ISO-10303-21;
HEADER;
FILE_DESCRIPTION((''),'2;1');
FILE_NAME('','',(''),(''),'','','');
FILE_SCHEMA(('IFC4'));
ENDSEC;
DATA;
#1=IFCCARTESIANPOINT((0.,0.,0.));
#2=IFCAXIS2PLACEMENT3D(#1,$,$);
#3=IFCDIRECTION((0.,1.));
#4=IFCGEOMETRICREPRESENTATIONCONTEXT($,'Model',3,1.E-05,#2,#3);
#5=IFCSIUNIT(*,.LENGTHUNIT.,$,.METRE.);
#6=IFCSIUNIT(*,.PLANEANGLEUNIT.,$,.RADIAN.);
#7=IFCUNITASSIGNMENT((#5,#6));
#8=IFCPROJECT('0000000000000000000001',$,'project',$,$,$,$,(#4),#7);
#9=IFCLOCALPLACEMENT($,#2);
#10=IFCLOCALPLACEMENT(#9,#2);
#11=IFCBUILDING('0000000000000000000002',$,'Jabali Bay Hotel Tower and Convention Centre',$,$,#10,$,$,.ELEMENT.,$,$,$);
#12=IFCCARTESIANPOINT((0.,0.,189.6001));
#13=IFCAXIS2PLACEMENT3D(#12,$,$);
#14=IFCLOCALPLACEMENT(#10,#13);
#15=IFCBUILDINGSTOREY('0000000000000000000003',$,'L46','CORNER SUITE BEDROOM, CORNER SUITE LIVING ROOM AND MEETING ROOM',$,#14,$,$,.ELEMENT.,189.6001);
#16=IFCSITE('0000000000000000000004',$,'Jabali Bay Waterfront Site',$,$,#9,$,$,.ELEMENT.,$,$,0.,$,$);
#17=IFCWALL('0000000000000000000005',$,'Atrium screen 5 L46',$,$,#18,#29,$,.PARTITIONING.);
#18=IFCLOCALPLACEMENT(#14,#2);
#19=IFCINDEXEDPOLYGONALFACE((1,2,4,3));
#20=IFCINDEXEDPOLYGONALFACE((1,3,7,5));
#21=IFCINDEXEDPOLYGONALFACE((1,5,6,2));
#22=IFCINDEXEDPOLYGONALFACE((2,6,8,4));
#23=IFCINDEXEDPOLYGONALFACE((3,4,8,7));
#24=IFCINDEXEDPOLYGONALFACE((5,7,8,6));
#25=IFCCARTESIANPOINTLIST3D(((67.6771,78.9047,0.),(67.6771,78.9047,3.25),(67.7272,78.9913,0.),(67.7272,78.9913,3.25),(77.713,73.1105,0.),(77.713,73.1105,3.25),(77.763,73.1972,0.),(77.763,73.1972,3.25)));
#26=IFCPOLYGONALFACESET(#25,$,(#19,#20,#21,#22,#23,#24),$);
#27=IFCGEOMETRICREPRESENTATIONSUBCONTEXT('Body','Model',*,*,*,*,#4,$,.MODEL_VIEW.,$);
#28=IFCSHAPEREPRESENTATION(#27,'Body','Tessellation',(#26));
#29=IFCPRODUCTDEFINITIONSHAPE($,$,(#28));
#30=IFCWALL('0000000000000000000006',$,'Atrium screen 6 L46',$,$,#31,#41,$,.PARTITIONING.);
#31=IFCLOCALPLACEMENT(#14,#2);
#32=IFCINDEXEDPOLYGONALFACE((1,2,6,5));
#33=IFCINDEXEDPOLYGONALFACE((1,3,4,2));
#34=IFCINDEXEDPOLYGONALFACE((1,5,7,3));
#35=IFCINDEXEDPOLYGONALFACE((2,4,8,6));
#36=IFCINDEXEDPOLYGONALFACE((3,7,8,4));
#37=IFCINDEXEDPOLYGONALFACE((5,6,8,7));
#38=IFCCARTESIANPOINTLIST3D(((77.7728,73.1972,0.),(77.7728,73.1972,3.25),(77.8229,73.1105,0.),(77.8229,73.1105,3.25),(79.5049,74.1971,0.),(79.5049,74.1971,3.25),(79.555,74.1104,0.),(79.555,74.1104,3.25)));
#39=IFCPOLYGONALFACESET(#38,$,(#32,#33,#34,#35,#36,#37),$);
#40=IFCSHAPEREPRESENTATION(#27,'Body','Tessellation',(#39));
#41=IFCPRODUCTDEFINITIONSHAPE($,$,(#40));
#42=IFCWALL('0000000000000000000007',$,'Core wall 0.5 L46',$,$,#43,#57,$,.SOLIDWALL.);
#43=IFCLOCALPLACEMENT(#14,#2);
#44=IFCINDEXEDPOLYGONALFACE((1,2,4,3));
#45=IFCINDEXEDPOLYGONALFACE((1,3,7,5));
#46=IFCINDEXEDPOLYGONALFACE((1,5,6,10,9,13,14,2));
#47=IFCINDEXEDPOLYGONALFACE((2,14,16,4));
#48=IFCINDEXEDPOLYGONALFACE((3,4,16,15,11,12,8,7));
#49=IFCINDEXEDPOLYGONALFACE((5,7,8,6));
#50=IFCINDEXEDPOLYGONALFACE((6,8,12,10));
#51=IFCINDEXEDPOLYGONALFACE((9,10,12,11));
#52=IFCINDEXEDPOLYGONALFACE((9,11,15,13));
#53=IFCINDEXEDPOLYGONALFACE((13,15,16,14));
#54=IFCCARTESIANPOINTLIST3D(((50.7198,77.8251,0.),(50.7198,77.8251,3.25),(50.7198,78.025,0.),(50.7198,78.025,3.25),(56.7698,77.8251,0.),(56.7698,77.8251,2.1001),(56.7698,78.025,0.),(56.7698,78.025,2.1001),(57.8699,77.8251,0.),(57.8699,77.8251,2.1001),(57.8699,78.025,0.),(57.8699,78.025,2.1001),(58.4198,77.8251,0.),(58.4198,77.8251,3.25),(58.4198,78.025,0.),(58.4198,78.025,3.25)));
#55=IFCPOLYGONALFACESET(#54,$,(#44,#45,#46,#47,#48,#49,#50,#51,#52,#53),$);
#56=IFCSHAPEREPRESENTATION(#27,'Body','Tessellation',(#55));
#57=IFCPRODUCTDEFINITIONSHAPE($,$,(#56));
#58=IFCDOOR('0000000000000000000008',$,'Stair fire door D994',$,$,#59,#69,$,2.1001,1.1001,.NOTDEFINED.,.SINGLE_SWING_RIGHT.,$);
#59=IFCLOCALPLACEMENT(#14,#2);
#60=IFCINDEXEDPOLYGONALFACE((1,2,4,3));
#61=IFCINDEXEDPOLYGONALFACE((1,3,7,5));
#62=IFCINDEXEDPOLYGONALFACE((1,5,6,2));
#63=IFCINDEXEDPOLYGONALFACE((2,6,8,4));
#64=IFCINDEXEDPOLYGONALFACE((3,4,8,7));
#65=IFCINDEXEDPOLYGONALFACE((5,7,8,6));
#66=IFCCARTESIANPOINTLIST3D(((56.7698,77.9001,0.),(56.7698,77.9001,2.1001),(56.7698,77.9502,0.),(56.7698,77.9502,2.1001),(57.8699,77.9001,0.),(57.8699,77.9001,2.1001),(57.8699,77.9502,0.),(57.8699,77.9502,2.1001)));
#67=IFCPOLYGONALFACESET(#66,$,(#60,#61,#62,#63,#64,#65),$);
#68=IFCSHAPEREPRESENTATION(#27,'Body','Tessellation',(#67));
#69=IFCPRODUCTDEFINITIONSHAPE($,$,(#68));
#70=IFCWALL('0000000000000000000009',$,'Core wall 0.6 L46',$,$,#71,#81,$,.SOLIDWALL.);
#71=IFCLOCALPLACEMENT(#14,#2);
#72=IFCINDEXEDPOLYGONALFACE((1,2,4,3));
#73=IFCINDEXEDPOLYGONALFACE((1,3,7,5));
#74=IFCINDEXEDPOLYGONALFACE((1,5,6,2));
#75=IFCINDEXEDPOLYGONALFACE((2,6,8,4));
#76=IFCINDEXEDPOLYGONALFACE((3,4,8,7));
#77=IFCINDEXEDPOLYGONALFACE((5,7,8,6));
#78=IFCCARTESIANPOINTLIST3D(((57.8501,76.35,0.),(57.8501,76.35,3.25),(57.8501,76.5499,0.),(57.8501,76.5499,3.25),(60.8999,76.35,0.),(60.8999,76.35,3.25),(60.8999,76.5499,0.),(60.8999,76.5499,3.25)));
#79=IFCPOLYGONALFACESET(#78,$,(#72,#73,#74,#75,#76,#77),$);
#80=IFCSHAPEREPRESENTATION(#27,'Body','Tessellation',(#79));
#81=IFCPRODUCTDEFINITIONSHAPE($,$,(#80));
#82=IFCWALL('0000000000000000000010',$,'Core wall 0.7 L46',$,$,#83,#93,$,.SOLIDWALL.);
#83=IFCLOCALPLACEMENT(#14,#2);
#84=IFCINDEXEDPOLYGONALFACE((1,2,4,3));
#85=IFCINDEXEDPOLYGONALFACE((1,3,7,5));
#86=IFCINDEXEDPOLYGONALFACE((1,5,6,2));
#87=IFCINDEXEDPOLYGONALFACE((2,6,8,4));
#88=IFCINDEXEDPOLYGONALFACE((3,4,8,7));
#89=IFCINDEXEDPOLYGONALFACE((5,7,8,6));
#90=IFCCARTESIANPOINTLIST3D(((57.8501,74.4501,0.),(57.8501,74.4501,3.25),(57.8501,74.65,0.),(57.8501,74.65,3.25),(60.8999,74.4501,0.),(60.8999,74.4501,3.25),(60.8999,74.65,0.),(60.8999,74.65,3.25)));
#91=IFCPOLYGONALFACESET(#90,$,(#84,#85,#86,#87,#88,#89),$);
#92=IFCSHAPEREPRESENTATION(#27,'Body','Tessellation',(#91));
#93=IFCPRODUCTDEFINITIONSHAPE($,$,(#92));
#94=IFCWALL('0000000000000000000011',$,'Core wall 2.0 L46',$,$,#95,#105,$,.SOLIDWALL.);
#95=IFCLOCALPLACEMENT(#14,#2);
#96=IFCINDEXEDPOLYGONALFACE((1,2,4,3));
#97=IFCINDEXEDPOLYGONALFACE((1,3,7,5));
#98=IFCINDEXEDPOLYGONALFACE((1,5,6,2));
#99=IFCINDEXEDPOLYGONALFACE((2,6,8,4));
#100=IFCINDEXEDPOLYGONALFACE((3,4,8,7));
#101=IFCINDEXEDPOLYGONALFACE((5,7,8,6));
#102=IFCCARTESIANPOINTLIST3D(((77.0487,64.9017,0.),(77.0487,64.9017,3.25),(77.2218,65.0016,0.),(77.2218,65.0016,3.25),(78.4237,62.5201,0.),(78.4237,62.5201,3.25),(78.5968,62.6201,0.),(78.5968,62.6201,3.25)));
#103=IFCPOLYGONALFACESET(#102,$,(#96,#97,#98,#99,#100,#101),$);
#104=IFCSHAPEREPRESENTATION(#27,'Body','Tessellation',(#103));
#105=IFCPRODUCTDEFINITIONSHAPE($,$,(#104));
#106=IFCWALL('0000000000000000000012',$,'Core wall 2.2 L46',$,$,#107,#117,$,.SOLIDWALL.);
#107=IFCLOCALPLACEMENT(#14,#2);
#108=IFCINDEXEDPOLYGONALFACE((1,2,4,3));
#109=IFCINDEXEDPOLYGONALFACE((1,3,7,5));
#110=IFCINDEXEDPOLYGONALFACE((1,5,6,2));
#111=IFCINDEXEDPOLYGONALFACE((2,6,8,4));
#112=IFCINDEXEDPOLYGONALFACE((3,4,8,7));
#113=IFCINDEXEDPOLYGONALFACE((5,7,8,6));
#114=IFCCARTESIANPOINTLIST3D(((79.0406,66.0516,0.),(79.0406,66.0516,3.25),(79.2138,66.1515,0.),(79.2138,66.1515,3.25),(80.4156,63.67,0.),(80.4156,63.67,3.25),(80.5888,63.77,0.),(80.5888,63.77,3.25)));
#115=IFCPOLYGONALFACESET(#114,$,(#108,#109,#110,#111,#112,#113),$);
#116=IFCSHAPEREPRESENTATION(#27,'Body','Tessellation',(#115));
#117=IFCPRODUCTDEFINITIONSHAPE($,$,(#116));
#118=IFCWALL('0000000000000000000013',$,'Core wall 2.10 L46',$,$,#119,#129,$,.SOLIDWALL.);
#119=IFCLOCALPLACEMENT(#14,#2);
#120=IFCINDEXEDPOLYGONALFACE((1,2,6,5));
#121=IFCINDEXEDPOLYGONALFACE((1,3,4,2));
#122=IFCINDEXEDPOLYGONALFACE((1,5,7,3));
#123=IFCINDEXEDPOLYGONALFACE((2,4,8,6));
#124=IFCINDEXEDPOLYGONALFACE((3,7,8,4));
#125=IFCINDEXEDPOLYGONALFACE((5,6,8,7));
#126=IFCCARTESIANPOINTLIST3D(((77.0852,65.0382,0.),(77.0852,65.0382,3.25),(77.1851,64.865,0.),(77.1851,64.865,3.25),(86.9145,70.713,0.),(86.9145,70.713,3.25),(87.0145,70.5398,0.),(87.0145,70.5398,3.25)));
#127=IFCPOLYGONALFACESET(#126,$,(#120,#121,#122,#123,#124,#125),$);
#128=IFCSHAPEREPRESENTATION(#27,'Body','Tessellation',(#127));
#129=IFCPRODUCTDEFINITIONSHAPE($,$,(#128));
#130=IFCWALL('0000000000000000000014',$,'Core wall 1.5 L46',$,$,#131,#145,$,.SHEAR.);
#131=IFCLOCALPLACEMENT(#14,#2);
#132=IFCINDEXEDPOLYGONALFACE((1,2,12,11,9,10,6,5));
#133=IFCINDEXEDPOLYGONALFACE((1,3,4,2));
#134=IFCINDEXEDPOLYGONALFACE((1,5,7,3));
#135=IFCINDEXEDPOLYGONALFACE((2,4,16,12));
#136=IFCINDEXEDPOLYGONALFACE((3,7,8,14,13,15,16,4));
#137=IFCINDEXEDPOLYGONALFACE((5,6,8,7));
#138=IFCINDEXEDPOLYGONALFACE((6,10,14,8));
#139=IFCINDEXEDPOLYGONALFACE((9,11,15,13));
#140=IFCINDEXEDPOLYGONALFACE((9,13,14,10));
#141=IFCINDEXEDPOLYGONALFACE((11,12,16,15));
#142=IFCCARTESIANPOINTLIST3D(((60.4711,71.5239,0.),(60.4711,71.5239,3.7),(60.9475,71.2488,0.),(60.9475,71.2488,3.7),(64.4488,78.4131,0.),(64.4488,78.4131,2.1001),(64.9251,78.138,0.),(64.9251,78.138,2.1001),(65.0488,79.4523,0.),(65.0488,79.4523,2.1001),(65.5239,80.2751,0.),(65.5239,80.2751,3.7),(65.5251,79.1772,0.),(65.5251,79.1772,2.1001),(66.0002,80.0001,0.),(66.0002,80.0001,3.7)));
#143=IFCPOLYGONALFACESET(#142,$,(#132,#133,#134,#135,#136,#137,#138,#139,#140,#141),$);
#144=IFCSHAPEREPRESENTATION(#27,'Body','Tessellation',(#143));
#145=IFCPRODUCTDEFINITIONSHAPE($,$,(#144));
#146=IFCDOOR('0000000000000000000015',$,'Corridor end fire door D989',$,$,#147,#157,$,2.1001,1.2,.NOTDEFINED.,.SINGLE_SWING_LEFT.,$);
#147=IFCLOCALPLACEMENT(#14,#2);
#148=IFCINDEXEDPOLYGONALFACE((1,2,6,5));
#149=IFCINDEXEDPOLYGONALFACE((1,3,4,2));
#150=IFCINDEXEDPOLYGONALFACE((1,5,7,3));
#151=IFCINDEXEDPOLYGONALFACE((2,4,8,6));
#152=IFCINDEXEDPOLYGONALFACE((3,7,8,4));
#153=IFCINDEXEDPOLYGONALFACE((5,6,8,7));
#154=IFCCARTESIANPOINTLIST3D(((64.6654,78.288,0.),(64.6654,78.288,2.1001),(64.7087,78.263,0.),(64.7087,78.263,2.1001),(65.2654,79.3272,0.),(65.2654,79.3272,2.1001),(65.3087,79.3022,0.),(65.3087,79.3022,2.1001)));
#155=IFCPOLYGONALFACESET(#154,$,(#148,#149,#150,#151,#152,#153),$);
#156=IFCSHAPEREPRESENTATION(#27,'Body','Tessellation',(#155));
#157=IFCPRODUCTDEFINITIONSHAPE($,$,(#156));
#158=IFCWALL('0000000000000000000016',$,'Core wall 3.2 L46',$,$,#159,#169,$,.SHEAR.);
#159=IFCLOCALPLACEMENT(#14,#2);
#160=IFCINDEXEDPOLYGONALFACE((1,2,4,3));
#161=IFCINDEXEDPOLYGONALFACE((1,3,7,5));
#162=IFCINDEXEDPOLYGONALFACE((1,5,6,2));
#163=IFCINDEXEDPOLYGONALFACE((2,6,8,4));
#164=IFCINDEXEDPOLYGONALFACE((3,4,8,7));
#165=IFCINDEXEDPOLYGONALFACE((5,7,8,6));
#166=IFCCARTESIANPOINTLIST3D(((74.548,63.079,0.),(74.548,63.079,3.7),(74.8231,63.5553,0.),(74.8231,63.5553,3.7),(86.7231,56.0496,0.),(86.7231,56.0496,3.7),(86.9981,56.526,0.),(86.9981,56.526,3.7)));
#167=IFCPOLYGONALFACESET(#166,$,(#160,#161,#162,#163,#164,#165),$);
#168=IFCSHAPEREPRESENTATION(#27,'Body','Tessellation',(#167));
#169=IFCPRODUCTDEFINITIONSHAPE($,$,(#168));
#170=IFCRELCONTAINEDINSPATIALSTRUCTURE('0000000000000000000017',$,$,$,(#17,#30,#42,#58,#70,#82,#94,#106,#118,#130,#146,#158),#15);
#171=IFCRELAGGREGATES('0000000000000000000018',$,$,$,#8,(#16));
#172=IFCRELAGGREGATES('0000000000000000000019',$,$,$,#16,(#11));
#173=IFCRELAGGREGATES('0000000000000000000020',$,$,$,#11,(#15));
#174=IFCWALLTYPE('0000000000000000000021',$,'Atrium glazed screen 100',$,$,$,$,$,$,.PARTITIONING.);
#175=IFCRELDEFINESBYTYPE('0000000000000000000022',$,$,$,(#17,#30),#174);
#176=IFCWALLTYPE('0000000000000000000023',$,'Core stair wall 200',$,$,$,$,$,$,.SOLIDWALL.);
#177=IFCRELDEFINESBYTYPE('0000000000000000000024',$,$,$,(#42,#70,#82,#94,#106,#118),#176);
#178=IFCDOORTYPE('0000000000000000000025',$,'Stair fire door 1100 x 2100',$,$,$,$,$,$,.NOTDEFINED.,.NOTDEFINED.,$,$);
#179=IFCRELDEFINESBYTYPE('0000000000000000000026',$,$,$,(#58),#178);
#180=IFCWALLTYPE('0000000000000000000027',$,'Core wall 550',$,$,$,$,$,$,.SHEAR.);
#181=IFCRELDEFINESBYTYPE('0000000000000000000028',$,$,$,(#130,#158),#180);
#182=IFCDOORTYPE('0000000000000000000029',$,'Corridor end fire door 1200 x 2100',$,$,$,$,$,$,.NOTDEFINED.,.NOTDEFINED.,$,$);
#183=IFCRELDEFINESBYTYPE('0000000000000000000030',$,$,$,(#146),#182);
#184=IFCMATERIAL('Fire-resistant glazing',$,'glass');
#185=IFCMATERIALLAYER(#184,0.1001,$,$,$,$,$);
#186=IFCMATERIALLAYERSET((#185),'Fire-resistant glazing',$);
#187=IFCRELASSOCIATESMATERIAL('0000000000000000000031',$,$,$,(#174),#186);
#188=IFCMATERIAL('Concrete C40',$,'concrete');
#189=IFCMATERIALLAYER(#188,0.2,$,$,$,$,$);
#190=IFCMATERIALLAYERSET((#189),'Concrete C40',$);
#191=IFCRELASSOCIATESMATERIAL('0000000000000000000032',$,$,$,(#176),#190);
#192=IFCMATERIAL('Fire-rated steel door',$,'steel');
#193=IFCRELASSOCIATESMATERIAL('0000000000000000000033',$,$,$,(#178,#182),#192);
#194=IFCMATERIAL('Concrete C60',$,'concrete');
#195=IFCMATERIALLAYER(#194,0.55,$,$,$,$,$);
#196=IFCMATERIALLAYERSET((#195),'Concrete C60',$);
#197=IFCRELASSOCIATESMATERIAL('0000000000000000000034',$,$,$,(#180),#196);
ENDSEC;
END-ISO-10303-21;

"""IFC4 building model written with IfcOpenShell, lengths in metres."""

from ifc_helpers import new_model, si_unit, direction, frame, frame_2d, origin, place, context, subcontext, project, spatial, rectangle, extrude, material, layer, layer_set, type_object, element, fill, save


model = new_model("IFC4")

# Units and contexts
model_context = context("Model", 3, precision=1e-05, world=origin(), true_north=direction((0.0, 1.0)))
body_context = subcontext(model_context, "Body", "Model", "MODEL_VIEW")
ifc_project = project(units=[si_unit("LENGTHUNIT", "METRE"), si_unit("PLANEANGLEUNIT", "RADIAN")], contexts=[model_context])

# Site, building, storey
site_placement = place(None, origin())
site = spatial("IfcSite", under=ifc_project, at=site_placement, Name="Jabali Bay Waterfront Site", CompositionType="ELEMENT", RefElevation=0.0)
building_placement = place(site_placement, origin())
building = spatial("IfcBuilding", under=site, at=building_placement, Name="Jabali Bay Hotel Tower and Convention Centre", CompositionType="ELEMENT")
storey_placement = place(building_placement, frame((0.0, 0.0, 189.6001)))
storey = spatial("IfcBuildingStorey", under=building, at=storey_placement, Name="L46", Description="CORNER SUITE BEDROOM, CORNER SUITE LIVING ROOM AND MEETING ROOM", CompositionType="ELEMENT", Elevation=189.6001)

# Walls
ifc_material_1 = material(Name="Fire-resistant glazing", Category="glass")
ifc_layer_1 = layer(ifc_material_1, 0.1001)
ifc_layer_set_1 = layer_set([ifc_layer_1], Name="Fire-resistant glazing")
wall_type_1 = type_object("IfcWallType", Name="Atrium glazed screen 100", PredefinedType="PARTITIONING", material=ifc_layer_set_1)
wall_1_placement = place(storey_placement, frame((67.7021, 78.948, 0.0), z_axis=(0.0, 0.0, 1.0), x_axis=(0.866027, -0.499998, 0.0)))
element("IfcWall", 1, at=wall_1_placement, inside=storey, type_object=wall_type_1, Name="Atrium screen 5 L46", PredefinedType="PARTITIONING", context=body_context, shape_type="SweptSolid", body=[
    extrude(rectangle(XDim=11.5884, YDim=0.1001, at=frame_2d((5.7942, 0.0))), origin(), (0.0, 0.0, 1.0), 3.25),
])
wall_2_placement = place(storey_placement, frame((77.7979, 73.1538, 0.0), z_axis=(0.0, 0.0, 1.0), x_axis=(0.866041, 0.499973, 0.0)))
element("IfcWall", 2, at=wall_2_placement, inside=storey, type_object=wall_type_1, Name="Atrium screen 6 L46", PredefinedType="PARTITIONING", context=body_context, shape_type="SweptSolid", body=[
    extrude(rectangle(XDim=2.0, YDim=0.1001, at=frame_2d((1.0, 0.0))), origin(), (0.0, 0.0, 1.0), 3.25),
])

# Wall, opening, door
ifc_material_2 = material(Name="Concrete C40", Category="concrete")
ifc_layer_2 = layer(ifc_material_2, 0.2)
ifc_layer_set_2 = layer_set([ifc_layer_2], Name="Concrete C40")
wall_type_2 = type_object("IfcWallType", Name="Core stair wall 200", PredefinedType="SOLIDWALL", material=ifc_layer_set_2)
wall_3_placement = place(storey_placement, frame((58.4199, 77.925, 0.0), z_axis=(0.0, 0.0, 1.0), x_axis=(-1.0, 0.0, 0.0)))
wall_3 = element("IfcWall", 3, at=wall_3_placement, inside=storey, type_object=wall_type_2, Name="Core wall 0.5 L46", PredefinedType="SOLIDWALL", context=body_context, shape_type="SweptSolid", body=[
    extrude(rectangle(XDim=7.7, YDim=0.2, at=frame_2d((3.8501, 0.0))), origin(), (0.0, 0.0, 1.0), 3.25),
])
opening_1_placement = place(wall_3_placement, frame((0.55, 0.0, 0.0)))
opening_1 = element("IfcOpeningElement", 4, at=opening_1_placement, cuts=wall_3, PredefinedType="OPENING", context=body_context, shape_type="SweptSolid", body=[
    extrude(rectangle(XDim=1.1001, YDim=2.1001, at=frame_2d((0.55, 1.05))), frame((0.0, 0.1104, 0.0), z_axis=(0.0, -1.0, 0.0), x_axis=(1.0, 0.0, 0.0)), (0.0, 0.0, 1.0), 0.2209),
])
ifc_material_3 = material(Name="Fire-rated steel door", Category="steel")
door_type_1 = type_object("IfcDoorType", Name="Stair fire door 1100 x 2100", OperationType="NOTDEFINED", PredefinedType="NOTDEFINED", material=ifc_material_3)
door_1_placement = place(opening_1_placement, origin())
door_1 = element("IfcDoor", 5, at=door_1_placement, inside=storey, type_object=door_type_1, Name="Stair fire door D994", OperationType="SINGLE_SWING_RIGHT", OverallHeight=2.1001, OverallWidth=1.1001, PredefinedType="NOTDEFINED", context=body_context, shape_type="SweptSolid", body=[
    extrude(rectangle(XDim=1.1001, YDim=2.1001, at=frame_2d((0.55, 1.05))), frame((0.0, 0.0249, 0.0), z_axis=(0.0, -1.0, 0.0), x_axis=(1.0, 0.0, 0.0)), (0.0, 0.0, 1.0), 0.05),
])
fill(opening_1, door_1)

# Walls
for number, where, z_axis, x_axis, name in (
    (6, (60.8999, 76.45, 0.0), (0.0, 0.0, 1.0), (-1.0, 0.0, 0.0), "Core wall 0.6 L46"),
    (7, (60.8999, 74.55, 0.0), (0.0, 0.0, 1.0), (-1.0, 0.0, 0.0), "Core wall 0.7 L46"),
):
    element("IfcWall", number, at=place(storey_placement, frame(where, z_axis=z_axis, x_axis=x_axis)), inside=storey, type_object=wall_type_2, Name=name, PredefinedType="SOLIDWALL", context=body_context, shape_type="SweptSolid", body=[
        extrude(rectangle(XDim=3.0498, YDim=0.2, at=frame_2d((1.5249, 0.0))), origin(), (0.0, 0.0, 1.0), 3.25),
    ])
for number, where, z_axis, x_axis, name in (
    (8, (77.1353, 64.9517, 0.0), (0.0, 0.0, 1.0), (0.499997, -0.866027, 0.0), "Core wall 2.0 L46"),
    (9, (79.1272, 66.1016, 0.0), (0.0, 0.0, 1.0), (0.499997, -0.866027, 0.0), "Core wall 2.2 L46"),
):
    element("IfcWall", number, at=place(storey_placement, frame(where, z_axis=z_axis, x_axis=x_axis)), inside=storey, type_object=wall_type_2, Name=name, PredefinedType="SOLIDWALL", context=body_context, shape_type="SweptSolid", body=[
        extrude(rectangle(XDim=2.75, YDim=0.2, at=frame_2d((1.375, 0.0))), origin(), (0.0, 0.0, 1.0), 3.25),
    ])
wall_4_placement = place(storey_placement, frame((77.1353, 64.9517, 0.0), z_axis=(0.0, 0.0, 1.0), x_axis=(0.866032, 0.499989, 0.0)))
element("IfcWall", 10, at=wall_4_placement, inside=storey, type_object=wall_type_2, Name="Core wall 2.10 L46", PredefinedType="SOLIDWALL", context=body_context, shape_type="SweptSolid", body=[
    extrude(rectangle(XDim=11.3499, YDim=0.2, at=frame_2d((5.6748, 0.0))), origin(), (0.0, 0.0, 1.0), 3.25),
])

# Wall, opening, door
ifc_material_4 = material(Name="Concrete C60", Category="concrete")
ifc_layer_3 = layer(ifc_material_4, 0.55)
ifc_layer_set_3 = layer_set([ifc_layer_3], Name="Concrete C60")
wall_type_3 = type_object("IfcWallType", Name="Core wall 550", PredefinedType="SHEAR", material=ifc_layer_set_3)
wall_5_placement = place(storey_placement, frame((60.7092, 71.3862, 0.0), z_axis=(0.0, 0.0, 1.0), x_axis=(0.500016, 0.866016, 0.0)))
wall_5 = element("IfcWall", 11, at=wall_5_placement, inside=storey, type_object=wall_type_3, Name="Core wall 1.5 L46", PredefinedType="SHEAR", context=body_context, shape_type="SweptSolid", body=[
    extrude(rectangle(XDim=10.1052, YDim=0.55, at=frame_2d((5.0527, 0.0))), origin(), (0.0, 0.0, 1.0), 3.7),
])
opening_2_placement = place(wall_5_placement, frame((7.9551, 0.0, 0.0)))
opening_2 = element("IfcOpeningElement", 12, at=opening_2_placement, cuts=wall_5, PredefinedType="OPENING", context=body_context, shape_type="SweptSolid", body=[
    extrude(rectangle(XDim=1.2, YDim=2.1001, at=frame_2d((0.6001, 1.05))), frame((0.0, 0.2856, 0.0), z_axis=(0.0, -1.0, 0.0), x_axis=(1.0, 0.0, 0.0)), (0.0, 0.0, 1.0), 0.571),
])
door_type_2 = type_object("IfcDoorType", Name="Corridor end fire door 1200 x 2100", OperationType="NOTDEFINED", PredefinedType="NOTDEFINED", material=ifc_material_3)
door_2_placement = place(opening_2_placement, origin())
door_2 = element("IfcDoor", 13, at=door_2_placement, inside=storey, type_object=door_type_2, Name="Corridor end fire door D989", OperationType="SINGLE_SWING_LEFT", OverallHeight=2.1001, OverallWidth=1.2, PredefinedType="NOTDEFINED", context=body_context, shape_type="SweptSolid", body=[
    extrude(rectangle(XDim=1.2, YDim=2.1001, at=frame_2d((0.6001, 1.05))), frame((0.0, 0.0249, 0.0), z_axis=(0.0, -1.0, 0.0), x_axis=(1.0, 0.0, 0.0)), (0.0, 0.0, 1.0), 0.05),
])
fill(opening_2, door_2)

# Wall
wall_6_placement = place(storey_placement, frame((74.6855, 63.3171, 0.0), z_axis=(0.0, 0.0, 1.0), x_axis=(0.866025, -0.500002, 0.0)))
element("IfcWall", 14, at=wall_6_placement, inside=storey, type_object=wall_type_3, Name="Core wall 3.2 L46", PredefinedType="SHEAR", context=body_context, shape_type="SweptSolid", body=[
    extrude(rectangle(XDim=14.0586, YDim=0.55, at=frame_2d((7.0293, 0.0))), origin(), (0.0, 0.0, 1.0), 3.7),
])

save(model, "model.ifc")
